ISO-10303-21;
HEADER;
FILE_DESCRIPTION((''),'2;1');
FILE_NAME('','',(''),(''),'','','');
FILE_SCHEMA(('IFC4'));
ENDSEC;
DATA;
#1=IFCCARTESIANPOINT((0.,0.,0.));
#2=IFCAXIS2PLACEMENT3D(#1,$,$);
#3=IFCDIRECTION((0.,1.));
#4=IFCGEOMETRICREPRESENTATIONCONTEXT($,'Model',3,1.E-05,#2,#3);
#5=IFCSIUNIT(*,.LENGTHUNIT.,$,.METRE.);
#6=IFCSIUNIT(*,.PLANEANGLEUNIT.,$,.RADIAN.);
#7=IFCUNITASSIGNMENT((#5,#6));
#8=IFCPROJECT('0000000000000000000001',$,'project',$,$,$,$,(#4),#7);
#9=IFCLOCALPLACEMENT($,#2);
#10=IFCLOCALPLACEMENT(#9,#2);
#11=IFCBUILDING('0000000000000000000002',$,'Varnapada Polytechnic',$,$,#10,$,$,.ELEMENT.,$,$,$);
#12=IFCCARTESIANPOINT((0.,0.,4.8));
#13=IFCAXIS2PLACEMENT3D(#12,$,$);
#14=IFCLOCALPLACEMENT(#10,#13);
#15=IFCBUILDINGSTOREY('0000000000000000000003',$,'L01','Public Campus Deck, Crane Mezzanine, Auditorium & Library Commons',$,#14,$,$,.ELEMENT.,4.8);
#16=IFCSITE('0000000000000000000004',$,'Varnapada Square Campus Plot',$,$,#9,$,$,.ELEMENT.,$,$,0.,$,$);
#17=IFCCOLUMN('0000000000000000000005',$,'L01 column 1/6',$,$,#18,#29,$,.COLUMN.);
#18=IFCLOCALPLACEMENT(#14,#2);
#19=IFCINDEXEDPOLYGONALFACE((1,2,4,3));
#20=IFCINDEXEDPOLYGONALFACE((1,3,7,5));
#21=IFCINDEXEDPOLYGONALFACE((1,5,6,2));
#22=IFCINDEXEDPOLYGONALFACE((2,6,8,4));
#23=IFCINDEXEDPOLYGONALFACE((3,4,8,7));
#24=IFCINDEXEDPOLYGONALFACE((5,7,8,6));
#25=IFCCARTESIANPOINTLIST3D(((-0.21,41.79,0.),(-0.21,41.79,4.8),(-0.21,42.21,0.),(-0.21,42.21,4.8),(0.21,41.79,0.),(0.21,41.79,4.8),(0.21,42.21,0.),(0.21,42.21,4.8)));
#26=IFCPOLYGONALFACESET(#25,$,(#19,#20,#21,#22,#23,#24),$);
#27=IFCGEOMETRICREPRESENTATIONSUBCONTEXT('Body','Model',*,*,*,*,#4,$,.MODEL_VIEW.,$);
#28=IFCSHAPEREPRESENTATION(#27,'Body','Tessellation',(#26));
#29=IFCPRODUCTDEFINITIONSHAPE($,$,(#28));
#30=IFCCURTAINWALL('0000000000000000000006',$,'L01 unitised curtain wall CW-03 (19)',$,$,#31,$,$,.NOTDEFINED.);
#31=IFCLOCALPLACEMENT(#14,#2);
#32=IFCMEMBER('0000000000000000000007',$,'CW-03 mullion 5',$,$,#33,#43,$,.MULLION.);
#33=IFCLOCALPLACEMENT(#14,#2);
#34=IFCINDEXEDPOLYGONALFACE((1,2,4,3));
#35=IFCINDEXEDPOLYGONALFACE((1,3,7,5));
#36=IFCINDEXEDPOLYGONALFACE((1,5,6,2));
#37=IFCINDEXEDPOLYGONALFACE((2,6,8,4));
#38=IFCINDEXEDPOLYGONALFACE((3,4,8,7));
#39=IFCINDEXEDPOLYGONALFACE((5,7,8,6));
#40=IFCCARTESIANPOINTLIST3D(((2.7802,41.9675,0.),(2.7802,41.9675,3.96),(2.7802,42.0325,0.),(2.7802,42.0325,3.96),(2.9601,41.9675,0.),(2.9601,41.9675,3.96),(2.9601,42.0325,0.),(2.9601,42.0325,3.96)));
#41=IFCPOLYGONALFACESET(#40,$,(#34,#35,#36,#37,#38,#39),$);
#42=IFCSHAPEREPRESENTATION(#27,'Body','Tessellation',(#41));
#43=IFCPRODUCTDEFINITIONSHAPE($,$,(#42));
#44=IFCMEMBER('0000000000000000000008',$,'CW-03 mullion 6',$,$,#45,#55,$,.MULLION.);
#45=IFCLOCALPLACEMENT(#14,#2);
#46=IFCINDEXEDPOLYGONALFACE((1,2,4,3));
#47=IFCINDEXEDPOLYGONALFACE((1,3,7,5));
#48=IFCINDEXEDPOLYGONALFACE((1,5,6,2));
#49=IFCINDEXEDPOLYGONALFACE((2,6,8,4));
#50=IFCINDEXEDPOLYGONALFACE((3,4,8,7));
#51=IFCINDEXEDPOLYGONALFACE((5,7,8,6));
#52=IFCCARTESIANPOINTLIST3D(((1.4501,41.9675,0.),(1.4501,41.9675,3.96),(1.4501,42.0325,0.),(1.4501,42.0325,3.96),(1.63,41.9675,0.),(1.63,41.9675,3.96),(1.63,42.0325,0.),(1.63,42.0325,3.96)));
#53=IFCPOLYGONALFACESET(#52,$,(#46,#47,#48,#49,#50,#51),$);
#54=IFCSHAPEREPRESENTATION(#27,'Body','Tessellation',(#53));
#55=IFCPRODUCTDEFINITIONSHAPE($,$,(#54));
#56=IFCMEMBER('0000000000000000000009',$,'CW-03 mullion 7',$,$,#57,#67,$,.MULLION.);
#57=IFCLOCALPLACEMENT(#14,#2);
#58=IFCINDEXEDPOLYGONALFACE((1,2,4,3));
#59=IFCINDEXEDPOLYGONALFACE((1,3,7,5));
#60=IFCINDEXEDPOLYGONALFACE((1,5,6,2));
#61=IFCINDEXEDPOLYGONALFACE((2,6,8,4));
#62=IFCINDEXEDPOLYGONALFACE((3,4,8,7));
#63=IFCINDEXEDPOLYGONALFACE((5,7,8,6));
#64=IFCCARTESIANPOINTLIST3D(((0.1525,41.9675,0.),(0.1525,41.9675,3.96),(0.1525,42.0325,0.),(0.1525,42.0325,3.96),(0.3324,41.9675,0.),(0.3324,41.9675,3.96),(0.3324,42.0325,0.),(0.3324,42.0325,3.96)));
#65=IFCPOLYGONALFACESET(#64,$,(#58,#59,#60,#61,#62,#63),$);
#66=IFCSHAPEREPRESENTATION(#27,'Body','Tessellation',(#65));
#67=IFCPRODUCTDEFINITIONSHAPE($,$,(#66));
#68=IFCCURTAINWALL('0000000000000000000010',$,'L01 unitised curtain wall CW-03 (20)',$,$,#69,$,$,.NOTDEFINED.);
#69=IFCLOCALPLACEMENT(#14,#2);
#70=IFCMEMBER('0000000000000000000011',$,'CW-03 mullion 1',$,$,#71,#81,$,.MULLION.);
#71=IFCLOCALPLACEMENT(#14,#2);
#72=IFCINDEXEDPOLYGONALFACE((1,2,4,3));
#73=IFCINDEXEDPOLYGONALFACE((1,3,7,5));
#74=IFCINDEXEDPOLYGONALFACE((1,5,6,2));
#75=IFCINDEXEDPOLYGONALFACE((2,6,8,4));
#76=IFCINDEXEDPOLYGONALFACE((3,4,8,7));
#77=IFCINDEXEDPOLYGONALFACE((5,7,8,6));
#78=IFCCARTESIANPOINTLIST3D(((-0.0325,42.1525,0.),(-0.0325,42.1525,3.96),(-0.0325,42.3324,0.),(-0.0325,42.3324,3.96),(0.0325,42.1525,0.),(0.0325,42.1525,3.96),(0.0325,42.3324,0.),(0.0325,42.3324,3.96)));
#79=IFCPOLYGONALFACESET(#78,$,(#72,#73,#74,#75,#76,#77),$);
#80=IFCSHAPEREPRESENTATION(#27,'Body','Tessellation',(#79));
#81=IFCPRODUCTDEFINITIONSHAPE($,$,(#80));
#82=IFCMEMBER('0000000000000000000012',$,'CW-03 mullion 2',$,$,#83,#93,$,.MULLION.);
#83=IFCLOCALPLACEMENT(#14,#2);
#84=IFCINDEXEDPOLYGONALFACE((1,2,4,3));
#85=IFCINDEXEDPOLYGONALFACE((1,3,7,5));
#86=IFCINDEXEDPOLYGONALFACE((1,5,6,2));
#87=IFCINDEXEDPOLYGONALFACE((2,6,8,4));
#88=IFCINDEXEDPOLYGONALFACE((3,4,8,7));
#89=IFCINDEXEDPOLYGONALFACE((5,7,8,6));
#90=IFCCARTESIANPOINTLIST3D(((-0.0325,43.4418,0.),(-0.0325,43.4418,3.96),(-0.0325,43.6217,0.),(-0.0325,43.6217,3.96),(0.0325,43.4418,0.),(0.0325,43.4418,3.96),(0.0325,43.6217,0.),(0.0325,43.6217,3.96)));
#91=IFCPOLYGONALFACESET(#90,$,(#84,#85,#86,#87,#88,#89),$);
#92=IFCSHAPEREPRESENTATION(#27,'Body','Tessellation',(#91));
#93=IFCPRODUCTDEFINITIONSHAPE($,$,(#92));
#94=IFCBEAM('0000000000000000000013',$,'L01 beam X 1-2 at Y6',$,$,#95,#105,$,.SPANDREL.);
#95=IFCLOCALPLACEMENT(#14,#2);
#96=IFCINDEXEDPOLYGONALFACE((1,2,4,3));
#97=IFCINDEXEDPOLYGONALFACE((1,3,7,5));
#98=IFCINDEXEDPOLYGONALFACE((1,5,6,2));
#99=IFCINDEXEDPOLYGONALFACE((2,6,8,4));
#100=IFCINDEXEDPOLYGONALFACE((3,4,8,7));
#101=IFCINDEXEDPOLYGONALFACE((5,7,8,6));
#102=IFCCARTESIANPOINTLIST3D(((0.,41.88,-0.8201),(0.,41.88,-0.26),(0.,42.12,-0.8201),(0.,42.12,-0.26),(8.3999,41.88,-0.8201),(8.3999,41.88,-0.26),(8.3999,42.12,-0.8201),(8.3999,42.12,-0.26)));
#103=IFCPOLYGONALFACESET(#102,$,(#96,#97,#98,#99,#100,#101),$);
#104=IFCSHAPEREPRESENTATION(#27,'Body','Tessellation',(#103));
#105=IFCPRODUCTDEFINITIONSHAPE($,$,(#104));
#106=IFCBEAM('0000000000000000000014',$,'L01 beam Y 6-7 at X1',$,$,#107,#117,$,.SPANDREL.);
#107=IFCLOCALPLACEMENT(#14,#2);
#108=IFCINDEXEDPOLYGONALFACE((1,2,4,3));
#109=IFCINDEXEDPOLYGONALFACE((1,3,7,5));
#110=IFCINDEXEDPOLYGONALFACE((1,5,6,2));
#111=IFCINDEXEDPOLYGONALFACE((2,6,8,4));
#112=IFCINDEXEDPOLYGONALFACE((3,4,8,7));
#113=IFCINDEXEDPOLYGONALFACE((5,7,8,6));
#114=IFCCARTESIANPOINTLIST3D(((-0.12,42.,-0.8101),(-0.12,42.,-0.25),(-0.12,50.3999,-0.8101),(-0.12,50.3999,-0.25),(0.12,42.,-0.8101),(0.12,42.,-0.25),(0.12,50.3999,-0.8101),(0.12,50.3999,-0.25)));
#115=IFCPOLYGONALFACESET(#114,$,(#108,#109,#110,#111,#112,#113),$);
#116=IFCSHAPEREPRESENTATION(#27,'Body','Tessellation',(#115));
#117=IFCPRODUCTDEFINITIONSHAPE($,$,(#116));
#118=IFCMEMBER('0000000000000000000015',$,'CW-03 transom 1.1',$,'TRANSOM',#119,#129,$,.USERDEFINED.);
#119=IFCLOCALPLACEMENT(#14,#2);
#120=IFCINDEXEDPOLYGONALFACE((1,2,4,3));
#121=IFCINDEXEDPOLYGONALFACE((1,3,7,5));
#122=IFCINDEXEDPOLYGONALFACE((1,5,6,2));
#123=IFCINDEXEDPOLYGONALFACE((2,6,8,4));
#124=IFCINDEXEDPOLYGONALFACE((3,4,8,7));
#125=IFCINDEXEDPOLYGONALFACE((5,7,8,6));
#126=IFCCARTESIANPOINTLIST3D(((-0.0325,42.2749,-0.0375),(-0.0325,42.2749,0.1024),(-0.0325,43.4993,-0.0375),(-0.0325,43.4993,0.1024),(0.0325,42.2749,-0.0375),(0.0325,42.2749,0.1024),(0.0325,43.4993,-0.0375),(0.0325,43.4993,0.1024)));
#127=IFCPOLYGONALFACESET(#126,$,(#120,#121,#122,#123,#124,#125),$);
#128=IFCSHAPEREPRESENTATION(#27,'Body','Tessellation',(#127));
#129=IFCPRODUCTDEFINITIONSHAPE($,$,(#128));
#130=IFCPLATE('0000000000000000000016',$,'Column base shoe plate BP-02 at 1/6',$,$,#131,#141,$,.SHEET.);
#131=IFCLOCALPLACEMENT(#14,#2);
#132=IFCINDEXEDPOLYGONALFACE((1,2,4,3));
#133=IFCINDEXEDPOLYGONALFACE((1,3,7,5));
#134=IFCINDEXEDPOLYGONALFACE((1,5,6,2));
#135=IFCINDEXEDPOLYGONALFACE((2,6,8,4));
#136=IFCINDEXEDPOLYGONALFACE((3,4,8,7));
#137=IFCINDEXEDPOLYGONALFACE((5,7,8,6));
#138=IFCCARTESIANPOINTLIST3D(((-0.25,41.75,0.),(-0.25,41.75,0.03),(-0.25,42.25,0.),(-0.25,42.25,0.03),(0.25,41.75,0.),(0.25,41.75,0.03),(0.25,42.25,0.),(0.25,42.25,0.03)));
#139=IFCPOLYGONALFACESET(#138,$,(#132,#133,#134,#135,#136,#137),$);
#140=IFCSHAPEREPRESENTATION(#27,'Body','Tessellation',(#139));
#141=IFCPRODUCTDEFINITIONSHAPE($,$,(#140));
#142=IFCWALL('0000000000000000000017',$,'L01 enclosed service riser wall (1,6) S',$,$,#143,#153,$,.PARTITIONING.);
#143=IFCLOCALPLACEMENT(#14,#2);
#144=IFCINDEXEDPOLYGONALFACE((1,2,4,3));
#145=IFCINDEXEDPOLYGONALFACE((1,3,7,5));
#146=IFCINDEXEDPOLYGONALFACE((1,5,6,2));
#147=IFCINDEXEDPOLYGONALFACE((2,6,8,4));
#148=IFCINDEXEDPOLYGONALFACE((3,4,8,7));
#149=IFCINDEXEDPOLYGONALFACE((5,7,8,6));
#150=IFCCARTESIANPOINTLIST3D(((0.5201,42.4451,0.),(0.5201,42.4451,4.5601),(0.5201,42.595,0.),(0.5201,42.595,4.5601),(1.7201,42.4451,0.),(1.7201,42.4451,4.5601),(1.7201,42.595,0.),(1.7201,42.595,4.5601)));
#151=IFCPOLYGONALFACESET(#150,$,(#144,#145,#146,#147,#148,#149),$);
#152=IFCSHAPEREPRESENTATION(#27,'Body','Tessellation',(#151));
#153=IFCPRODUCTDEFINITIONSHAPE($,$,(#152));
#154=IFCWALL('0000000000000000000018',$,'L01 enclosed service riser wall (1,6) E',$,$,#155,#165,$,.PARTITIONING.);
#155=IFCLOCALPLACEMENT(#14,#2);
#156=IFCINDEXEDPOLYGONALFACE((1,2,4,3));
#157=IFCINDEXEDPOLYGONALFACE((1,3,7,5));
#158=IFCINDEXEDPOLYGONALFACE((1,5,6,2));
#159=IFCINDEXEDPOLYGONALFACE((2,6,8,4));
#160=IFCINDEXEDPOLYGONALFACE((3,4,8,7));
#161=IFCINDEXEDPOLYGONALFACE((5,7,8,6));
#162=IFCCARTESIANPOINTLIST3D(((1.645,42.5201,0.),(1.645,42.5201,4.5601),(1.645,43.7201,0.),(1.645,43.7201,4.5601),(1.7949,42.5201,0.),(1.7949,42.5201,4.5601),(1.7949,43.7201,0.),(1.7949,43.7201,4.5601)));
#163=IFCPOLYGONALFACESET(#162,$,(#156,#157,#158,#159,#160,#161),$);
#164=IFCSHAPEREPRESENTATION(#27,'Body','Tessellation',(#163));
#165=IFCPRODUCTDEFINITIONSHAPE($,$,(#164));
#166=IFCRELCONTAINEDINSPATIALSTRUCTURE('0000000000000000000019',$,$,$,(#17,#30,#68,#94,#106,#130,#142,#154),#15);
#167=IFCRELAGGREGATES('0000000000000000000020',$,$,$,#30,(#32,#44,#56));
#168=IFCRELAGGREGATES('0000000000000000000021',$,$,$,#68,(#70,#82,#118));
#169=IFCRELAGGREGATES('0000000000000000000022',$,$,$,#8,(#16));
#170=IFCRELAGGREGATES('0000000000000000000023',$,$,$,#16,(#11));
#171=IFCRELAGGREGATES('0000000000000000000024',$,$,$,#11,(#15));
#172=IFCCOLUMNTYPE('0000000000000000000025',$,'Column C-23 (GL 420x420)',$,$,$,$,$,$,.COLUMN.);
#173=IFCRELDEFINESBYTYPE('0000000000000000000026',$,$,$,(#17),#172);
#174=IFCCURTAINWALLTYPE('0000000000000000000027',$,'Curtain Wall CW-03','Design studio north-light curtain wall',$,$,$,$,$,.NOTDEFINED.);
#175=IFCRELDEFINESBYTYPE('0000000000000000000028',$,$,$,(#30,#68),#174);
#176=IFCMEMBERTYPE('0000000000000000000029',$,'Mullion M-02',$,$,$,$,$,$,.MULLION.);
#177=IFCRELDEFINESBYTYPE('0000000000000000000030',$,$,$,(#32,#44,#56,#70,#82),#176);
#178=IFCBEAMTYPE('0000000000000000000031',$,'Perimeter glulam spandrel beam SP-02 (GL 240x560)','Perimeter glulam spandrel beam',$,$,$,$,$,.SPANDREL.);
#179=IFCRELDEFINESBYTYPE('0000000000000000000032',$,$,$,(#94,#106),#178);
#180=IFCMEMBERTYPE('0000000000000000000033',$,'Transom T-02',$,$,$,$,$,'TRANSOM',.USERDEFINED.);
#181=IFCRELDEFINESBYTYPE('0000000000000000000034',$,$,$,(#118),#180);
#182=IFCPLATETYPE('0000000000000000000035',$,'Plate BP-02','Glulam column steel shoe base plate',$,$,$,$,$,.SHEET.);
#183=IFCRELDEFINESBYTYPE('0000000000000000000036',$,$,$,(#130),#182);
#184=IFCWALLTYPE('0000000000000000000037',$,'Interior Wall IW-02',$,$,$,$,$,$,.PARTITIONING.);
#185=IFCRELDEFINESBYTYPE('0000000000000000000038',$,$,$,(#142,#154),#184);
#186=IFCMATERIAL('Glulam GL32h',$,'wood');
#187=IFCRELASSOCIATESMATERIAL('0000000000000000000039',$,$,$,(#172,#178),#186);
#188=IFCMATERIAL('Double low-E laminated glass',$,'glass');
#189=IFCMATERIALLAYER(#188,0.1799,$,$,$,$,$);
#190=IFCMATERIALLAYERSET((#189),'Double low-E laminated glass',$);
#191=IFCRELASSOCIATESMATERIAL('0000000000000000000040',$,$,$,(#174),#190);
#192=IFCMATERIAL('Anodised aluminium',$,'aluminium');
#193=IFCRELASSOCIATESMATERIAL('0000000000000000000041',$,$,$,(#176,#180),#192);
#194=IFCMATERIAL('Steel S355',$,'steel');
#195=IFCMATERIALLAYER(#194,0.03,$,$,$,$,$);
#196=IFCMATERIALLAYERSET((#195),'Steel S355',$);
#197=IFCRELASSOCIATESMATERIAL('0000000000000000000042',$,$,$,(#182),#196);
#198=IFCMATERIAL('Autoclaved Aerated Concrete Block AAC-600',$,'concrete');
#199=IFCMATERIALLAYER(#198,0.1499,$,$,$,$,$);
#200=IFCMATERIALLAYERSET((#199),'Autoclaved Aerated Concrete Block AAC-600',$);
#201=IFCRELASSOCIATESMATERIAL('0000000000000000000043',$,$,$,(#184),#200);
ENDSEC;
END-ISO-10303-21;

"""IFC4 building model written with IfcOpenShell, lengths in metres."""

from ifc_helpers import new_model, si_unit, direction, frame, frame_2d, origin, origin_2d, place, context, subcontext, project, spatial, rectangle, extrude, material, layer, layer_set, material_profile, profile_set, type_object, element, aggregate, save


model = new_model("IFC4")

# Units and contexts
model_context = context("Model", 3, precision=1e-05, world=origin(), true_north=direction((0.0, 1.0)))
body_context = subcontext(model_context, "Body", "Model", "MODEL_VIEW")
ifc_project = project(units=[si_unit("LENGTHUNIT", "METRE"), si_unit("PLANEANGLEUNIT", "RADIAN")], contexts=[model_context])

# Site, building, storey
site_placement = place(None, origin())
site = spatial("IfcSite", under=ifc_project, at=site_placement, Name="Varnapada Square Campus Plot", CompositionType="ELEMENT", RefElevation=0.0)
building_placement = place(site_placement, origin())
building = spatial("IfcBuilding", under=site, at=building_placement, Name="Varnapada Polytechnic", CompositionType="ELEMENT")
storey_placement = place(building_placement, frame((0.0, 0.0, 4.8)))
storey = spatial("IfcBuildingStorey", under=building, at=storey_placement, Name="L01", Description="Public Campus Deck, Crane Mezzanine, Auditorium & Library Commons", CompositionType="ELEMENT", Elevation=4.8)

# Column
ifc_material_1 = material(Name="Glulam GL32h", Category="wood")
ifc_material_profile_1 = material_profile(ifc_material_1, rectangle(XDim=0.4199, YDim=0.4199, at=origin_2d()), Name="GL 420x420")
ifc_profile_set_1 = profile_set([ifc_material_profile_1], Name="Glulam GL32h")
column_type = type_object("IfcColumnType", Name="Column C-23 (GL 420x420)", PredefinedType="COLUMN", material=ifc_profile_set_1)
column_placement = place(storey_placement, frame((0.0, 42.0, 0.0), z_axis=(0.0, 0.0, 1.0), x_axis=(1.0, 0.0, 0.0)))
element("IfcColumn", 1, at=column_placement, inside=storey, type_object=column_type, Name="L01 column 1/6", PredefinedType="COLUMN", context=body_context, shape_type="SweptSolid", body=[
    extrude(rectangle(XDim=0.4199, YDim=0.4199, at=origin_2d()), origin(), (0.0, 0.0, 1.0), 4.8),
])

# Curtain walls, members
ifc_material_2 = material(Name="Double low-E laminated glass", Category="glass")
ifc_layer_1 = layer(ifc_material_2, 0.1799)
ifc_layer_set_1 = layer_set([ifc_layer_1], Name="Double low-E laminated glass")
curtain_wall_type = type_object("IfcCurtainWallType", Name="Curtain Wall CW-03", Description="Design studio north-light curtain wall", PredefinedType="NOTDEFINED", material=ifc_layer_set_1)
curtain_wall_1_placement = place(storey_placement, origin())
curtain_wall_1 = element("IfcCurtainWall", 2, at=curtain_wall_1_placement, inside=storey, type_object=curtain_wall_type, Name="L01 unitised curtain wall CW-03 (19)", PredefinedType="NOTDEFINED")
ifc_material_3 = material(Name="Anodised aluminium", Category="aluminium")
ifc_material_profile_2 = material_profile(ifc_material_3, rectangle(XDim=0.0649, YDim=0.1799, at=origin_2d()), Name="ALU M65x180")
ifc_profile_set_2 = profile_set([ifc_material_profile_2], Name="Anodised aluminium")
member_type_1 = type_object("IfcMemberType", Name="Mullion M-02", PredefinedType="MULLION", material=ifc_profile_set_2)
member_1_placement = place(storey_placement, frame((2.8701, 42.0, 0.0), z_axis=(0.0, 0.0, 1.0), x_axis=(0.0, -1.0, 0.0)))
member_1 = element("IfcMember", 3, at=member_1_placement, type_object=member_type_1, Name="CW-03 mullion 5", PredefinedType="MULLION", context=body_context, shape_type="SweptSolid", body=[
    extrude(rectangle(XDim=0.0649, YDim=0.1799, at=origin_2d()), origin(), (0.0, 0.0, 1.0), 3.96),
])
member_2_placement = place(storey_placement, frame((1.54, 42.0, 0.0), z_axis=(0.0, 0.0, 1.0), x_axis=(0.0, -1.0, 0.0)))
member_2 = element("IfcMember", 4, at=member_2_placement, type_object=member_type_1, Name="CW-03 mullion 6", PredefinedType="MULLION", context=body_context, shape_type="SweptSolid", body=[
    extrude(rectangle(XDim=0.0649, YDim=0.1799, at=origin_2d()), origin(), (0.0, 0.0, 1.0), 3.96),
])
member_3_placement = place(storey_placement, frame((0.2424, 42.0, 0.0), z_axis=(0.0, 0.0, 1.0), x_axis=(0.0, -1.0, 0.0)))
member_3 = element("IfcMember", 5, at=member_3_placement, type_object=member_type_1, Name="CW-03 mullion 7", PredefinedType="MULLION", context=body_context, shape_type="SweptSolid", body=[
    extrude(rectangle(XDim=0.0649, YDim=0.1799, at=origin_2d()), origin(), (0.0, 0.0, 1.0), 3.96),
])
aggregate(curtain_wall_1, [member_1, member_2, member_3])
curtain_wall_2_placement = place(storey_placement, origin())
curtain_wall_2 = element("IfcCurtainWall", 6, at=curtain_wall_2_placement, inside=storey, type_object=curtain_wall_type, Name="L01 unitised curtain wall CW-03 (20)", PredefinedType="NOTDEFINED")
member_4_placement = place(storey_placement, frame((0.0, 42.2424, 0.0), z_axis=(0.0, 0.0, 1.0), x_axis=(-1.0, 0.0, 0.0)))
member_4 = element("IfcMember", 7, at=member_4_placement, type_object=member_type_1, Name="CW-03 mullion 1", PredefinedType="MULLION", context=body_context, shape_type="SweptSolid", body=[
    extrude(rectangle(XDim=0.0649, YDim=0.1799, at=origin_2d()), origin(), (0.0, 0.0, 1.0), 3.96),
])
member_5_placement = place(storey_placement, frame((0.0, 43.5317, 0.0), z_axis=(0.0, 0.0, 1.0), x_axis=(-1.0, 0.0, 0.0)))
member_5 = element("IfcMember", 8, at=member_5_placement, type_object=member_type_1, Name="CW-03 mullion 2", PredefinedType="MULLION", context=body_context, shape_type="SweptSolid", body=[
    extrude(rectangle(XDim=0.0649, YDim=0.1799, at=origin_2d()), origin(), (0.0, 0.0, 1.0), 3.96),
])

# Beams
ifc_material_profile_3 = material_profile(ifc_material_1, rectangle(XDim=0.24, YDim=0.5601, at=origin_2d()), Name="GL 240x560")
ifc_profile_set_3 = profile_set([ifc_material_profile_3], Name="Glulam GL32h")
beam_type = type_object("IfcBeamType", Name="Perimeter glulam spandrel beam SP-02 (GL 240x560)", Description="Perimeter glulam spandrel beam", PredefinedType="SPANDREL", material=ifc_profile_set_3)
for number, where, z_axis, x_axis, name in (
    (9, (0.0, 42.0, -0.54), (1.0, 0.0, 0.0), (0.0, 1.0, 0.0), "L01 beam X 1-2 at Y6"),
    (10, (0.0, 42.0, -0.53), (0.0, 1.0, 0.0), (-1.0, 0.0, 0.0), "L01 beam Y 6-7 at X1"),
):
    element("IfcBeam", number, at=place(storey_placement, frame(where, z_axis=z_axis, x_axis=x_axis)), inside=storey, type_object=beam_type, Name=name, PredefinedType="SPANDREL", context=body_context, shape_type="SweptSolid", body=[
        extrude(rectangle(XDim=0.24, YDim=0.5601, at=origin_2d()), origin(), (0.0, 0.0, 1.0), 8.3999),
    ])

# Member
ifc_material_profile_4 = material_profile(ifc_material_3, rectangle(XDim=0.0649, YDim=0.1399, at=origin_2d()), Name="ALU T65x140")
ifc_profile_set_4 = profile_set([ifc_material_profile_4], Name="Anodised aluminium")
member_type_2 = type_object("IfcMemberType", Name="Transom T-02", ElementType="TRANSOM", PredefinedType="USERDEFINED", material=ifc_profile_set_4)
member_6_placement = place(storey_placement, frame((0.0, 42.2749, 0.0325), z_axis=(0.0, 1.0, 0.0), x_axis=(-1.0, 0.0, 0.0)))
member_6 = element("IfcMember", 11, at=member_6_placement, type_object=member_type_2, Name="CW-03 transom 1.1", ObjectType="TRANSOM", PredefinedType="USERDEFINED", context=body_context, shape_type="SweptSolid", body=[
    extrude(rectangle(XDim=0.0649, YDim=0.1399, at=origin_2d()), origin(), (0.0, 0.0, 1.0), 1.2244),
])
aggregate(curtain_wall_2, [member_4, member_5, member_6])

# Plate
ifc_material_4 = material(Name="Steel S355", Category="steel")
ifc_layer_2 = layer(ifc_material_4, 0.03)
ifc_layer_set_2 = layer_set([ifc_layer_2], Name="Steel S355")
plate_type = type_object("IfcPlateType", Name="Plate BP-02", Description="Glulam column steel shoe base plate", PredefinedType="SHEET", material=ifc_layer_set_2)
plate_placement = place(storey_placement, frame((0.0, 42.0, 0.0), z_axis=(0.0, 0.0, 1.0), x_axis=(1.0, 0.0, 0.0)))
element("IfcPlate", 12, at=plate_placement, inside=storey, type_object=plate_type, Name="Column base shoe plate BP-02 at 1/6", PredefinedType="SHEET", context=body_context, shape_type="SweptSolid", body=[
    extrude(rectangle(XDim=0.5, YDim=0.5, at=origin_2d()), origin(), (0.0, 0.0, 1.0), 0.03),
])

# Walls
ifc_material_5 = material(Name="Autoclaved Aerated Concrete Block AAC-600", Category="concrete")
ifc_layer_3 = layer(ifc_material_5, 0.1499)
ifc_layer_set_3 = layer_set([ifc_layer_3], Name="Autoclaved Aerated Concrete Block AAC-600")
wall_type = type_object("IfcWallType", Name="Interior Wall IW-02", PredefinedType="PARTITIONING", material=ifc_layer_set_3)
for number, where, z_axis, x_axis, name in (
    (13, (0.52, 42.52, 0.0), (0.0, 0.0, 1.0), (1.0, 0.0, 0.0), "L01 enclosed service riser wall (1,6) S"),
    (14, (1.72, 42.52, 0.0), (0.0, 0.0, 1.0), (0.0, 1.0, 0.0), "L01 enclosed service riser wall (1,6) E"),
):
    element("IfcWall", number, at=place(storey_placement, frame(where, z_axis=z_axis, x_axis=x_axis)), inside=storey, type_object=wall_type, Name=name, PredefinedType="PARTITIONING", context=body_context, shape_type="SweptSolid", body=[
        extrude(rectangle(XDim=1.2, YDim=0.1499, at=frame_2d((0.6001, 0.0))), origin(), (0.0, 0.0, 1.0), 4.5601),
    ])

save(model, "model.ifc")
